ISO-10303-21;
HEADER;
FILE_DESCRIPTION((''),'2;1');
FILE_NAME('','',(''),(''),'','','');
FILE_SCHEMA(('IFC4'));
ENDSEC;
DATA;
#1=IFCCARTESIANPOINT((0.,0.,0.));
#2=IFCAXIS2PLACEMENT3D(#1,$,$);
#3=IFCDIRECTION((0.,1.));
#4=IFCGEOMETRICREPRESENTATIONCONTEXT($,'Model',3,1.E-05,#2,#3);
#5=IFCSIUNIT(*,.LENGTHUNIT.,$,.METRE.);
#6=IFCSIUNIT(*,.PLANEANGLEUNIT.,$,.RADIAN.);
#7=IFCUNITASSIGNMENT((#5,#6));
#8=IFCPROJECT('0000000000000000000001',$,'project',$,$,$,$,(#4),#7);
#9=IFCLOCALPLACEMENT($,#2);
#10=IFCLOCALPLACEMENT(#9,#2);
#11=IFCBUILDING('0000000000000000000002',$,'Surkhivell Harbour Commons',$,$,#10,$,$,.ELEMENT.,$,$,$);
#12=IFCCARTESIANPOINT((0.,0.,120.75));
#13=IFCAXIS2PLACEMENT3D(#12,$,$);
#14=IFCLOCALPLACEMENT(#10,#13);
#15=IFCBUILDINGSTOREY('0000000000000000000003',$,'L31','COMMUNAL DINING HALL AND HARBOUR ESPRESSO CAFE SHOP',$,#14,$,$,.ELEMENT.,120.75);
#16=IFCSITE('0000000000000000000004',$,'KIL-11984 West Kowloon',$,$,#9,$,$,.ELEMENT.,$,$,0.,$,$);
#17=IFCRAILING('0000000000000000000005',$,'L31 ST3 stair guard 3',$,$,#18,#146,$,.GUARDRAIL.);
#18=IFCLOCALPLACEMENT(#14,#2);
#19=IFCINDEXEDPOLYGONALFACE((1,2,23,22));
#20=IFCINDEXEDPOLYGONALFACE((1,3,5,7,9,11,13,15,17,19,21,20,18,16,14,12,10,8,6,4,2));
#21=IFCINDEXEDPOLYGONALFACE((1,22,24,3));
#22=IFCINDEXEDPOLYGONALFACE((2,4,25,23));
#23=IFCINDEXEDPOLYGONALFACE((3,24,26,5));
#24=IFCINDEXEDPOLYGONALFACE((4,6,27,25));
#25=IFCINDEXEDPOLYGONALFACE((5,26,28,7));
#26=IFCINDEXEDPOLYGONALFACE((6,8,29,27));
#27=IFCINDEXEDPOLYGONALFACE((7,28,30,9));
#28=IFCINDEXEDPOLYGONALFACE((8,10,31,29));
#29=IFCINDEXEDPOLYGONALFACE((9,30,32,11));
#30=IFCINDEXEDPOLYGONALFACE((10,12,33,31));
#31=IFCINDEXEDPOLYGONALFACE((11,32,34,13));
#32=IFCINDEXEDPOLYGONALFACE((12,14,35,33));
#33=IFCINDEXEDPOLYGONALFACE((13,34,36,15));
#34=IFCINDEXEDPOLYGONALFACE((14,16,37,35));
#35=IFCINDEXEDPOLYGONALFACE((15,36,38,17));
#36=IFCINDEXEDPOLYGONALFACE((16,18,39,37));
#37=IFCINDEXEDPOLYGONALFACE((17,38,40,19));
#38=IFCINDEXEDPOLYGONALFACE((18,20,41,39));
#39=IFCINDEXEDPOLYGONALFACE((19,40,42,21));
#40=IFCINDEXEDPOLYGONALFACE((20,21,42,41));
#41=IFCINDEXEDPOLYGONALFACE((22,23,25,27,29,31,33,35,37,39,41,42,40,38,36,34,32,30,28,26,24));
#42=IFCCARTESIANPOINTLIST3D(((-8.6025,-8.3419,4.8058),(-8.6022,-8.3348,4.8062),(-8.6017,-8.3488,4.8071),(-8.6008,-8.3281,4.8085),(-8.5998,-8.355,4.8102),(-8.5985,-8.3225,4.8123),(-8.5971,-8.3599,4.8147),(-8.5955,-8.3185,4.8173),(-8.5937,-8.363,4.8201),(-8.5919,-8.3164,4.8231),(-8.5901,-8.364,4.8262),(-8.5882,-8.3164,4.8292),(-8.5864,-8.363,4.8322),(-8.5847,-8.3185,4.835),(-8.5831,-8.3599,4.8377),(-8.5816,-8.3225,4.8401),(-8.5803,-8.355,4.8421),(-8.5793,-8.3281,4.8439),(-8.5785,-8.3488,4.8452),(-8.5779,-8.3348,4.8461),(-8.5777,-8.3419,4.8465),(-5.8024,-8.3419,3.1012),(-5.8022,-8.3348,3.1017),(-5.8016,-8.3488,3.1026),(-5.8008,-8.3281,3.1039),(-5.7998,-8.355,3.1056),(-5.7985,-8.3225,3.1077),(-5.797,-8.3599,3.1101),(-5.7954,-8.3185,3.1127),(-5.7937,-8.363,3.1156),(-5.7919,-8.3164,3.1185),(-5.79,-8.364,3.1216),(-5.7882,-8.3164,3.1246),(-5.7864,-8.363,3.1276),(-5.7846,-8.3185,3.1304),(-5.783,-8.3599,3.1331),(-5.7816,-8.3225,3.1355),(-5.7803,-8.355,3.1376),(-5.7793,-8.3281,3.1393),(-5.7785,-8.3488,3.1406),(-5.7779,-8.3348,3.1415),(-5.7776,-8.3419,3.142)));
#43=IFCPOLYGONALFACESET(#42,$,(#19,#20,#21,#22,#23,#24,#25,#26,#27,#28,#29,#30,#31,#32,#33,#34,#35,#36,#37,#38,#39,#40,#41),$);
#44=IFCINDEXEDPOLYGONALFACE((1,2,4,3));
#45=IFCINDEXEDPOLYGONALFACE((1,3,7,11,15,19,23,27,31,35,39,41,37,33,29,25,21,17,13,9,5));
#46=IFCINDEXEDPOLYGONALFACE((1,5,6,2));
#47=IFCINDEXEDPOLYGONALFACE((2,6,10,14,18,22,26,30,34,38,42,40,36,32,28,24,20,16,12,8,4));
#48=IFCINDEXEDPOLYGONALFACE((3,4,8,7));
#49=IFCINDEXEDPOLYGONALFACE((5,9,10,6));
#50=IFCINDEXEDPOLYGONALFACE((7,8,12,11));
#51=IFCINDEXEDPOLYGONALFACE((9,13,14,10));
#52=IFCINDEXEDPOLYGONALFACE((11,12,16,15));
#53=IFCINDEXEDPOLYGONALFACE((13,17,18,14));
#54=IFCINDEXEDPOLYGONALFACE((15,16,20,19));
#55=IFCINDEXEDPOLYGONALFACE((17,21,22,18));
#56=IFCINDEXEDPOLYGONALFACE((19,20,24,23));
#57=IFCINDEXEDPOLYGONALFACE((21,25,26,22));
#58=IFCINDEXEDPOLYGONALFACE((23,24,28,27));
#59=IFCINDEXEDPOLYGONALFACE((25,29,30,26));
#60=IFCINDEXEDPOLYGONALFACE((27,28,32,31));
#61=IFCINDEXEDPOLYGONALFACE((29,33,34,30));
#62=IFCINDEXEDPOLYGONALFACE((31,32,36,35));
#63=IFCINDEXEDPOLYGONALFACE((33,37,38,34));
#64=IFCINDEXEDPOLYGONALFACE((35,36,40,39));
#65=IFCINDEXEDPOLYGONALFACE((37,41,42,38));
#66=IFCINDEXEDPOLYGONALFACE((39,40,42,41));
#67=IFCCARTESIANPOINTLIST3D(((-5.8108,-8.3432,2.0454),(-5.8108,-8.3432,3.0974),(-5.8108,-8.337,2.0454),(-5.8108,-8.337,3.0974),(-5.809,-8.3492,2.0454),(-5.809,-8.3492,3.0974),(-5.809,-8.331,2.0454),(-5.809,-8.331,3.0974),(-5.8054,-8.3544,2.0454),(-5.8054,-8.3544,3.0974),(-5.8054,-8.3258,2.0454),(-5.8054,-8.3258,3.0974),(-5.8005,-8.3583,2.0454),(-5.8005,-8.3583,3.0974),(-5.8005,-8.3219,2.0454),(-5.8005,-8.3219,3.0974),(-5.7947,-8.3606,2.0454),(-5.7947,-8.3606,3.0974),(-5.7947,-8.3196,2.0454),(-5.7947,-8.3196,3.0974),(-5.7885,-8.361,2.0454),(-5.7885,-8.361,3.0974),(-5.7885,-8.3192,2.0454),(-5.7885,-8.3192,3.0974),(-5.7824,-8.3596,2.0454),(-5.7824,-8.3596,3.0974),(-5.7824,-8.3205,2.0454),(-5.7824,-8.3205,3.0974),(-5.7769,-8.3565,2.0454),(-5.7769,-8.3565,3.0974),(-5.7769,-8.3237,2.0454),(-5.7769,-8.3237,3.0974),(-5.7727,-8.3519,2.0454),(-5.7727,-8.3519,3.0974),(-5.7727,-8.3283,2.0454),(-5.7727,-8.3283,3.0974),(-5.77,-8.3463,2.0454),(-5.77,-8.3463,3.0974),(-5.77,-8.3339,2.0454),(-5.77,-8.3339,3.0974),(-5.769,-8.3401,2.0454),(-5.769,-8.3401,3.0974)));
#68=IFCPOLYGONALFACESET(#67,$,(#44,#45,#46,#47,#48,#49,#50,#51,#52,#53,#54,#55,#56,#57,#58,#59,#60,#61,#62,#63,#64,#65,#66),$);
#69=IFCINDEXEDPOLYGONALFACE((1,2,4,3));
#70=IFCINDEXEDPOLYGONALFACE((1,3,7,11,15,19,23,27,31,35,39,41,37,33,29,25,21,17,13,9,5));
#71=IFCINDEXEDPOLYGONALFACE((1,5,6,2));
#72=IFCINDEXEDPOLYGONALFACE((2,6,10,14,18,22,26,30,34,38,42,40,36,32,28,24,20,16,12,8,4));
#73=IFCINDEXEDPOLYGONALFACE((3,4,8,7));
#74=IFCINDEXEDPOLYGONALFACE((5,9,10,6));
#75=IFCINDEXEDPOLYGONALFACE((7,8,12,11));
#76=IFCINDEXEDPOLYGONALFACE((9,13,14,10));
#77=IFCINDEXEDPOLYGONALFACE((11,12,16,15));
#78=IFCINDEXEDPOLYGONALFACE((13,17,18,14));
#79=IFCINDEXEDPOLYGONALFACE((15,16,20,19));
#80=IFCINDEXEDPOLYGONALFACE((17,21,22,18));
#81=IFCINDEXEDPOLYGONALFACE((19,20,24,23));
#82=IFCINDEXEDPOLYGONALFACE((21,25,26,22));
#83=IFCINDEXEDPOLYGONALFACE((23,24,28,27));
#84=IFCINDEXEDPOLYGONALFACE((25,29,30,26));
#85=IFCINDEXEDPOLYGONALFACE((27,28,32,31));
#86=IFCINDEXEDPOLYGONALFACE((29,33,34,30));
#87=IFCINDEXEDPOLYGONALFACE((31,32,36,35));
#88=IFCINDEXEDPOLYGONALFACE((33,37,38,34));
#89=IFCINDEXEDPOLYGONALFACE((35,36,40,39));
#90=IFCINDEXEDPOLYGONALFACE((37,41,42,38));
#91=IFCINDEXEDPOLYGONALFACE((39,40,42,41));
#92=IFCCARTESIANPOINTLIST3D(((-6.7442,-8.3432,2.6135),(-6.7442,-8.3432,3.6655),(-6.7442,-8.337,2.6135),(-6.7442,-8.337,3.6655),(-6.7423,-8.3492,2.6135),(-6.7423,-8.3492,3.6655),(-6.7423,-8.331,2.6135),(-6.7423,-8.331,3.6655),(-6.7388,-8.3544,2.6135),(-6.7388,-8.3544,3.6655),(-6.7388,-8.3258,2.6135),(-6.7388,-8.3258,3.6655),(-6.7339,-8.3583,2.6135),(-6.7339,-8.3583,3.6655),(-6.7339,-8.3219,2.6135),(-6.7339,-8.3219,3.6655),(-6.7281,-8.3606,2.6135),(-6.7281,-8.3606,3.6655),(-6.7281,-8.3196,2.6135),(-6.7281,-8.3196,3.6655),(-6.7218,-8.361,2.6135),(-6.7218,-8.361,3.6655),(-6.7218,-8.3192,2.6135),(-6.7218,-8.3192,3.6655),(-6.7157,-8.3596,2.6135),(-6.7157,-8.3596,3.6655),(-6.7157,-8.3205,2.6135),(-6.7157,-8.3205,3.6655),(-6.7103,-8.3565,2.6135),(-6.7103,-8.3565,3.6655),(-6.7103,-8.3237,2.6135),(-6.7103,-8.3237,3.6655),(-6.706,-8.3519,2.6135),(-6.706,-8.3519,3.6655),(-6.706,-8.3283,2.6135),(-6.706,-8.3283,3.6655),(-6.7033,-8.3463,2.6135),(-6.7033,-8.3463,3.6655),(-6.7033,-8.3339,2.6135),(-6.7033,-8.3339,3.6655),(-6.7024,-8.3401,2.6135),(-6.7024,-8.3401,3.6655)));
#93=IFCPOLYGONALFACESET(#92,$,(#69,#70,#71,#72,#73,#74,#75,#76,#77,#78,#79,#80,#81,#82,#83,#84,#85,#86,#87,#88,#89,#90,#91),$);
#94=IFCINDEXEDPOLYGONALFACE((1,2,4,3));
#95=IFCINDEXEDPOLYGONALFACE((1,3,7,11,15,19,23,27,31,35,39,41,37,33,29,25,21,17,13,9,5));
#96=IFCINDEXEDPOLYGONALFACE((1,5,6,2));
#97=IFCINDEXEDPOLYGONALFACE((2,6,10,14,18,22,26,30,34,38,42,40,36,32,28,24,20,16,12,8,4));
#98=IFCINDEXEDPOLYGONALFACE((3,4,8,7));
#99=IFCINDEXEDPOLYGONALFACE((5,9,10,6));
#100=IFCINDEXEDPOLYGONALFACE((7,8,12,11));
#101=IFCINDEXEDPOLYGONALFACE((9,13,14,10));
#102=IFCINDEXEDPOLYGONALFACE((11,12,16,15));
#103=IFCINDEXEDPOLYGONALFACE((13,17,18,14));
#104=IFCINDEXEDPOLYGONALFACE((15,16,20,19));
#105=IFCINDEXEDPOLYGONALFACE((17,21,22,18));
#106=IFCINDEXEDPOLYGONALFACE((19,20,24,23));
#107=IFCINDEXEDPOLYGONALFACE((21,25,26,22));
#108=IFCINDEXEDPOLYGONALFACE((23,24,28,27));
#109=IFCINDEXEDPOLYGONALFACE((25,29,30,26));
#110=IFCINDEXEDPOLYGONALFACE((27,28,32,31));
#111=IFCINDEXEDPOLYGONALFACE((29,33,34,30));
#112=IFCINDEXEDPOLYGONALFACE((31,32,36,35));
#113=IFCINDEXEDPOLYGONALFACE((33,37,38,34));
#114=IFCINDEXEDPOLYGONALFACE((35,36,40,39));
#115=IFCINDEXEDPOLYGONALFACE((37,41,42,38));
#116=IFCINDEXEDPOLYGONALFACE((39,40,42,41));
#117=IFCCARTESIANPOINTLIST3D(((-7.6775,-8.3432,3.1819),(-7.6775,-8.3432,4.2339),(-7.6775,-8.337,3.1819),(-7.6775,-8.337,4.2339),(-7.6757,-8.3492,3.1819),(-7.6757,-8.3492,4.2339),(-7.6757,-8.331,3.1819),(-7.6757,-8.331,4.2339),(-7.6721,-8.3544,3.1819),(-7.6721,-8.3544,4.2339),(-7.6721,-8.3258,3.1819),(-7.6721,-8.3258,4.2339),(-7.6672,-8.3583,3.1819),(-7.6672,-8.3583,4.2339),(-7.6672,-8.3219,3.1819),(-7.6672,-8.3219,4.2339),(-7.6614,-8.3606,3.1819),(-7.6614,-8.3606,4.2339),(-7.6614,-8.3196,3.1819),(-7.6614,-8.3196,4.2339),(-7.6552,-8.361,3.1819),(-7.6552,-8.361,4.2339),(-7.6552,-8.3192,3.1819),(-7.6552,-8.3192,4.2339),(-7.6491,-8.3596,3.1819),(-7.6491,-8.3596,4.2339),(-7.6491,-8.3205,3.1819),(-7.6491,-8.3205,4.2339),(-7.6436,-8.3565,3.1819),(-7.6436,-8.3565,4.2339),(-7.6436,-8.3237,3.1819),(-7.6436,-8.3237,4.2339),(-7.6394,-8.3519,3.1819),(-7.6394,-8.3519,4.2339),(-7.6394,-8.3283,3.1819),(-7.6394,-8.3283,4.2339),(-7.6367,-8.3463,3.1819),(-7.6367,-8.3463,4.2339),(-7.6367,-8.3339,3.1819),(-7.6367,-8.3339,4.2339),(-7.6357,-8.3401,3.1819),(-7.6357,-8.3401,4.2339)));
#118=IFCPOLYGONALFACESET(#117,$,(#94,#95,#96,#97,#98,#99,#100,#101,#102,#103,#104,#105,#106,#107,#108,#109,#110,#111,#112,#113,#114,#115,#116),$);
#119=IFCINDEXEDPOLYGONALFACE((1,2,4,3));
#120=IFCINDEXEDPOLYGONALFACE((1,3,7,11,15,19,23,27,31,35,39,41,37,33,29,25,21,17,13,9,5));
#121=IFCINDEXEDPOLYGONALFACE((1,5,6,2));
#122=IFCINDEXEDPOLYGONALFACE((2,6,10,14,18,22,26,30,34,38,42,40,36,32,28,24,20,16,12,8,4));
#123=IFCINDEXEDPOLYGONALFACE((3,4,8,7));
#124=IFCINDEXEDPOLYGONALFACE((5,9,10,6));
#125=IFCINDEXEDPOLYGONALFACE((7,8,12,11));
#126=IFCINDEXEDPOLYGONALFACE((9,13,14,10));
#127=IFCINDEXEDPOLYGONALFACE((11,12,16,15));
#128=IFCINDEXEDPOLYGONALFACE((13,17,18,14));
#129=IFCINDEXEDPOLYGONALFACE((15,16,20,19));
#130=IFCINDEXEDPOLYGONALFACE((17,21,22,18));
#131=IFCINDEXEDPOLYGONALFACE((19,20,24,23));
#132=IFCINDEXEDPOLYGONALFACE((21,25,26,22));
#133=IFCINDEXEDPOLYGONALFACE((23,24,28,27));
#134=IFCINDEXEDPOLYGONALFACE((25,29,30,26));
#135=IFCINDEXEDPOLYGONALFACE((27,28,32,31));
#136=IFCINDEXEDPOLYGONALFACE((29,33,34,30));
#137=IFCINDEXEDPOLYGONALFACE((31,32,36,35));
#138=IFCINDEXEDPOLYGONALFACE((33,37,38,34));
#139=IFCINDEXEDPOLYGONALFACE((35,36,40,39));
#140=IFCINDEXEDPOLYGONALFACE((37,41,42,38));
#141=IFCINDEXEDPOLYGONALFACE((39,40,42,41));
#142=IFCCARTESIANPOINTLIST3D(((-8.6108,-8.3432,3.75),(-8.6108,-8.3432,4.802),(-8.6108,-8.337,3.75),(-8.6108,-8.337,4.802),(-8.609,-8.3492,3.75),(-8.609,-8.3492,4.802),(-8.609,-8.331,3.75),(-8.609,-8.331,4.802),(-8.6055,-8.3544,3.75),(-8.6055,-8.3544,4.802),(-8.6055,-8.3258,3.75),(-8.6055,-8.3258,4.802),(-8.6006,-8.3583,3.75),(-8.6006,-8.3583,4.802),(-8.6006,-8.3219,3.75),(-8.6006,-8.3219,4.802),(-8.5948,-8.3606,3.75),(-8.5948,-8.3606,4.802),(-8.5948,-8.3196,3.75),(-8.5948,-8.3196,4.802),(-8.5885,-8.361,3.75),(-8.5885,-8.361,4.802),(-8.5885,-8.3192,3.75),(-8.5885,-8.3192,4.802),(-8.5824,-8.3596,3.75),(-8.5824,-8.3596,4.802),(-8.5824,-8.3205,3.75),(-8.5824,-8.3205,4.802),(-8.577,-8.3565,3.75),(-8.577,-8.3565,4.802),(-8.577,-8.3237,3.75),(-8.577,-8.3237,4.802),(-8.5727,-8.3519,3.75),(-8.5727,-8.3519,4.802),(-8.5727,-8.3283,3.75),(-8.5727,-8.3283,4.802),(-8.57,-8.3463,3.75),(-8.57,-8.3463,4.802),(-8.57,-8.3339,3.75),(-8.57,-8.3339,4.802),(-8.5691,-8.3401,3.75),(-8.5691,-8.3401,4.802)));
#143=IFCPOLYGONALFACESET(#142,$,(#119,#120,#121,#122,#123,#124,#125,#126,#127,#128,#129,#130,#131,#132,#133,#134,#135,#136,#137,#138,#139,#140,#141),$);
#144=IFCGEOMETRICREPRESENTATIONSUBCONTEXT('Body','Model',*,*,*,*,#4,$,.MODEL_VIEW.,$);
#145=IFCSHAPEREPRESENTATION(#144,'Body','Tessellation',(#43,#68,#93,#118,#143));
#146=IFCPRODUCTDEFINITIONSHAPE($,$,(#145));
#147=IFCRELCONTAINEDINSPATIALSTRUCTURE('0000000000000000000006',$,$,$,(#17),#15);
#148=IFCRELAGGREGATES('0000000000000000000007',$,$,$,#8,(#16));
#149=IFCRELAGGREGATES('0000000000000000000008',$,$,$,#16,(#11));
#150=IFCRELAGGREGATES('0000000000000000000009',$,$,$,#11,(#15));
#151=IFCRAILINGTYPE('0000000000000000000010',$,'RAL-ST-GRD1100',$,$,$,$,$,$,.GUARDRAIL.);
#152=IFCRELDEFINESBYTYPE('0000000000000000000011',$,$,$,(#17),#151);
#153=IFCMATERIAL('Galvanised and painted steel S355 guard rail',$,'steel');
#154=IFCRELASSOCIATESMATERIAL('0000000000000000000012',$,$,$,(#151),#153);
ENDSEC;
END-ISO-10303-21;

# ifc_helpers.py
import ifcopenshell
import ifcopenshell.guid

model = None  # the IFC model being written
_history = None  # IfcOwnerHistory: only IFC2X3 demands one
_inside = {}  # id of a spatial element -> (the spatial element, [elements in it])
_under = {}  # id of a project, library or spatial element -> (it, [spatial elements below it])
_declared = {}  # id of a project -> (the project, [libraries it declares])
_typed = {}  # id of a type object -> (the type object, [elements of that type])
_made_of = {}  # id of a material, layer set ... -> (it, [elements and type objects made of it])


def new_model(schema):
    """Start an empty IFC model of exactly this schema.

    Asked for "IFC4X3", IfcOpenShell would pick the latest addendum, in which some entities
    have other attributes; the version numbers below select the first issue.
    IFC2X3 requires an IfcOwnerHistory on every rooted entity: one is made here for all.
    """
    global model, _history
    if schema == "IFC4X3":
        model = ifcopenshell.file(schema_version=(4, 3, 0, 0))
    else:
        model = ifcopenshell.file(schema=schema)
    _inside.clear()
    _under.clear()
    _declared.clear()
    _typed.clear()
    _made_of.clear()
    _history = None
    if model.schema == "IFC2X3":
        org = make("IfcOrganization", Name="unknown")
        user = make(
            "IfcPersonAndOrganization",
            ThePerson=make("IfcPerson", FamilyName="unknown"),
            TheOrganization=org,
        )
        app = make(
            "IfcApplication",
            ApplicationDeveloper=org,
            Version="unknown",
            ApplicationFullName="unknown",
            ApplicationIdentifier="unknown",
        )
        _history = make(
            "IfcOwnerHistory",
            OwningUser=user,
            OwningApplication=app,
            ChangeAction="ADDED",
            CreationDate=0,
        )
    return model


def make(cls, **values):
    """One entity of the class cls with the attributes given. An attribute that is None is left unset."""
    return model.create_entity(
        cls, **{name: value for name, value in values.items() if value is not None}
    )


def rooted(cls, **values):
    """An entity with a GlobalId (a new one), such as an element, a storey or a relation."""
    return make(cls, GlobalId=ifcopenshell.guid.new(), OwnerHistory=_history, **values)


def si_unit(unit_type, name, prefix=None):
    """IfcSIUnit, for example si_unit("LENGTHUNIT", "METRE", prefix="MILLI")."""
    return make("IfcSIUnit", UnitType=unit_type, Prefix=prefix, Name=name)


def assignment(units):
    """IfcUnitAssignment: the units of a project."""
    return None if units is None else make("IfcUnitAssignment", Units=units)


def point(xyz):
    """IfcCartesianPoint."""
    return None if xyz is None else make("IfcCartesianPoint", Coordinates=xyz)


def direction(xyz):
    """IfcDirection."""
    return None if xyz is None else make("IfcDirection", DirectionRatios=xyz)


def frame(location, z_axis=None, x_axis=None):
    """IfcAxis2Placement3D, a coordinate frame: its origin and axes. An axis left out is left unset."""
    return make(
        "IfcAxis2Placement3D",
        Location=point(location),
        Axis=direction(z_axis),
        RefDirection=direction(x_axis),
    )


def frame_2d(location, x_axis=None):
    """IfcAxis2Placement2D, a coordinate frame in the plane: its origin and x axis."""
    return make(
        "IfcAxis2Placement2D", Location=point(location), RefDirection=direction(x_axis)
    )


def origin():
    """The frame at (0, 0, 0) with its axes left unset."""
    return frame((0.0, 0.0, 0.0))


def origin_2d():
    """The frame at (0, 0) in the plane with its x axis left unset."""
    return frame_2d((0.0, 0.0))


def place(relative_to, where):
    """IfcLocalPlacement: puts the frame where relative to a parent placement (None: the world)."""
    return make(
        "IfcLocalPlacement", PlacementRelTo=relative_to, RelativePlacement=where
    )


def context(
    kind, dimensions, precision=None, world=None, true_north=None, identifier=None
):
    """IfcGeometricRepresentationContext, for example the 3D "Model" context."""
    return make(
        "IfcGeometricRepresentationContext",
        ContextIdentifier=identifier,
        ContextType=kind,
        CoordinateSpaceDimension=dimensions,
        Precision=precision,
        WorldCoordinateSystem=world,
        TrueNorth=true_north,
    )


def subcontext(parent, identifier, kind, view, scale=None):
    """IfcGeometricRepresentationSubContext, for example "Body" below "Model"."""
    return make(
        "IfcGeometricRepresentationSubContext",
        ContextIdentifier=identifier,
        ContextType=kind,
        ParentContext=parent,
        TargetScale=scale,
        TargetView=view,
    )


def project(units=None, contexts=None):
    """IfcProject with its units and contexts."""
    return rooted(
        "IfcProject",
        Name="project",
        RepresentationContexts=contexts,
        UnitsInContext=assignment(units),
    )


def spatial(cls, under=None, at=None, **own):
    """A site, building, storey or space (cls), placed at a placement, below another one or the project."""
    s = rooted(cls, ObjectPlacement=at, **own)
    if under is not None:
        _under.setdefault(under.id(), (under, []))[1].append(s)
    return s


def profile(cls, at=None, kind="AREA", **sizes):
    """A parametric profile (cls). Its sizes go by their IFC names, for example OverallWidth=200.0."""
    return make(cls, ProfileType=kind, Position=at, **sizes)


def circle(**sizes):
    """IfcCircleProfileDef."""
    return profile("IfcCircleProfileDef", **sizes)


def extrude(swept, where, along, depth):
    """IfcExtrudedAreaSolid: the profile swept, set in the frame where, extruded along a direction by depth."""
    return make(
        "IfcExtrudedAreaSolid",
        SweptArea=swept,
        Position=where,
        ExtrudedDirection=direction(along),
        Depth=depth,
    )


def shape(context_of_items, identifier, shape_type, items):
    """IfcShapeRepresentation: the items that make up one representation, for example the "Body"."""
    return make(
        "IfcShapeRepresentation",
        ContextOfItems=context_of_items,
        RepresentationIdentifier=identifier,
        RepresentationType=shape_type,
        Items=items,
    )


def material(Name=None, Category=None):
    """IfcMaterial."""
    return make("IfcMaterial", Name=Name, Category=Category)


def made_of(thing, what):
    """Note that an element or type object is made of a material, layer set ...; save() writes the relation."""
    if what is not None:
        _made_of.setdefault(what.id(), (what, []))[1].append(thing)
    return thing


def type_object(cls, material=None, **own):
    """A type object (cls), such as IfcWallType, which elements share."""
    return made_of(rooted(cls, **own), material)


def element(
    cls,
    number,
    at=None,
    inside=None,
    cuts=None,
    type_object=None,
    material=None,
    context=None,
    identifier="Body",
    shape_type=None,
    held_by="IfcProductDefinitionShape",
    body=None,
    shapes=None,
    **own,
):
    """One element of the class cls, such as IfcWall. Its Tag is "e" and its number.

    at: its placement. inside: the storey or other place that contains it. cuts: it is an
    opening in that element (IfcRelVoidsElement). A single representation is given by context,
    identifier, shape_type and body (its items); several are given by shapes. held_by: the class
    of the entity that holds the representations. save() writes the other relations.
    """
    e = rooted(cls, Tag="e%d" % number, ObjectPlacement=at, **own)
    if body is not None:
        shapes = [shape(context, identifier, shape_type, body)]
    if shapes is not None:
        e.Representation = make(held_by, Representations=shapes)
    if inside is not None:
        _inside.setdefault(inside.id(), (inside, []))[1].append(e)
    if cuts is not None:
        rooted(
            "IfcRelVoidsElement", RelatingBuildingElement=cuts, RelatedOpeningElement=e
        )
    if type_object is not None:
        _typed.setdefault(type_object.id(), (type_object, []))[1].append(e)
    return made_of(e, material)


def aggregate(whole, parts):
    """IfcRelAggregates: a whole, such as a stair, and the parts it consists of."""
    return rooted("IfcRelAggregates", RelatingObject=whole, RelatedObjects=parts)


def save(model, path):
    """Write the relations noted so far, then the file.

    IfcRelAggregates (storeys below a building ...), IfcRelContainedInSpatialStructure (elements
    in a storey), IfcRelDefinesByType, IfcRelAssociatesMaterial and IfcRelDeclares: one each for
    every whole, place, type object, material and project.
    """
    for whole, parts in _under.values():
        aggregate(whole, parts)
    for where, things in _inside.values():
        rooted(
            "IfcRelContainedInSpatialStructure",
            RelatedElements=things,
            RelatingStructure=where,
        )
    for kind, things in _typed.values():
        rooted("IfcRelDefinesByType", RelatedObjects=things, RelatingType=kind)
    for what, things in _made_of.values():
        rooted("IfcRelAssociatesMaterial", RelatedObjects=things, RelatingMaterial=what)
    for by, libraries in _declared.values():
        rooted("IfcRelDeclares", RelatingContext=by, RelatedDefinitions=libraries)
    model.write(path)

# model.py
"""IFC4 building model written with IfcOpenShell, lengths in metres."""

from ifc_helpers import new_model, si_unit, direction, frame, origin, origin_2d, place, context, subcontext, project, spatial, circle, extrude, material, type_object, element, save


model = new_model("IFC4")

# Units and contexts
model_context = context("Model", 3, precision=1e-05, world=origin(), true_north=direction((0.0, 1.0)))
body_context = subcontext(model_context, "Body", "Model", "MODEL_VIEW")
ifc_project = project(units=[si_unit("LENGTHUNIT", "METRE"), si_unit("PLANEANGLEUNIT", "RADIAN")], contexts=[model_context])

# Site, building, storey
site_placement = place(None, origin())
site = spatial("IfcSite", under=ifc_project, at=site_placement, Name="KIL-11984 West Kowloon", CompositionType="ELEMENT", RefElevation=0.0)
building_placement = place(site_placement, origin())
building = spatial("IfcBuilding", under=site, at=building_placement, Name="Surkhivell Harbour Commons", CompositionType="ELEMENT")
storey_placement = place(building_placement, frame((0.0, 0.0, 120.75)))
storey = spatial("IfcBuildingStorey", under=building, at=storey_placement, Name="L31", Description="COMMUNAL DINING HALL AND HARBOUR ESPRESSO CAFE SHOP", CompositionType="ELEMENT", Elevation=120.75)

# Railing
ifc_material_1 = material(Name="Galvanised and painted steel S355 guard rail", Category="steel")
railing_type_1 = type_object("IfcRailingType", Name="RAL-ST-GRD1100", PredefinedType="GUARDRAIL", material=ifc_material_1)
railing_1_placement = place(storey_placement, frame((-5.79, -8.3401, 2.0454)))
element("IfcRailing", 1, at=railing_1_placement, inside=storey, type_object=railing_type_1, Name="L31 ST3 stair guard 3", PredefinedType="GUARDRAIL", context=body_context, shape_type="SweptSolid", body=[
    extrude(circle(Radius=0.0239, at=origin_2d()), frame((0.0, 0.0, 1.0762), z_axis=(-0.85417, 0.0, 0.519994), x_axis=(0.0, -1.0, 0.0)), (0.0, 0.0, 1.0), 3.2781),
    extrude(circle(Radius=0.021, at=origin_2d()), origin(), (0.0, 0.0, 1.0), 1.052),
    extrude(circle(Radius=0.021, at=origin_2d()), frame((-0.9333, 0.0, 0.5681)), (0.0, 0.0, 1.0), 1.052),
    extrude(circle(Radius=0.021, at=origin_2d()), frame((-1.8667, 0.0, 1.1365)), (0.0, 0.0, 1.0), 1.052),
    extrude(circle(Radius=0.021, at=origin_2d()), frame((-2.8, 0.0, 1.7046)), (0.0, 0.0, 1.0), 1.052),
])

save(model, "model.ifc")
